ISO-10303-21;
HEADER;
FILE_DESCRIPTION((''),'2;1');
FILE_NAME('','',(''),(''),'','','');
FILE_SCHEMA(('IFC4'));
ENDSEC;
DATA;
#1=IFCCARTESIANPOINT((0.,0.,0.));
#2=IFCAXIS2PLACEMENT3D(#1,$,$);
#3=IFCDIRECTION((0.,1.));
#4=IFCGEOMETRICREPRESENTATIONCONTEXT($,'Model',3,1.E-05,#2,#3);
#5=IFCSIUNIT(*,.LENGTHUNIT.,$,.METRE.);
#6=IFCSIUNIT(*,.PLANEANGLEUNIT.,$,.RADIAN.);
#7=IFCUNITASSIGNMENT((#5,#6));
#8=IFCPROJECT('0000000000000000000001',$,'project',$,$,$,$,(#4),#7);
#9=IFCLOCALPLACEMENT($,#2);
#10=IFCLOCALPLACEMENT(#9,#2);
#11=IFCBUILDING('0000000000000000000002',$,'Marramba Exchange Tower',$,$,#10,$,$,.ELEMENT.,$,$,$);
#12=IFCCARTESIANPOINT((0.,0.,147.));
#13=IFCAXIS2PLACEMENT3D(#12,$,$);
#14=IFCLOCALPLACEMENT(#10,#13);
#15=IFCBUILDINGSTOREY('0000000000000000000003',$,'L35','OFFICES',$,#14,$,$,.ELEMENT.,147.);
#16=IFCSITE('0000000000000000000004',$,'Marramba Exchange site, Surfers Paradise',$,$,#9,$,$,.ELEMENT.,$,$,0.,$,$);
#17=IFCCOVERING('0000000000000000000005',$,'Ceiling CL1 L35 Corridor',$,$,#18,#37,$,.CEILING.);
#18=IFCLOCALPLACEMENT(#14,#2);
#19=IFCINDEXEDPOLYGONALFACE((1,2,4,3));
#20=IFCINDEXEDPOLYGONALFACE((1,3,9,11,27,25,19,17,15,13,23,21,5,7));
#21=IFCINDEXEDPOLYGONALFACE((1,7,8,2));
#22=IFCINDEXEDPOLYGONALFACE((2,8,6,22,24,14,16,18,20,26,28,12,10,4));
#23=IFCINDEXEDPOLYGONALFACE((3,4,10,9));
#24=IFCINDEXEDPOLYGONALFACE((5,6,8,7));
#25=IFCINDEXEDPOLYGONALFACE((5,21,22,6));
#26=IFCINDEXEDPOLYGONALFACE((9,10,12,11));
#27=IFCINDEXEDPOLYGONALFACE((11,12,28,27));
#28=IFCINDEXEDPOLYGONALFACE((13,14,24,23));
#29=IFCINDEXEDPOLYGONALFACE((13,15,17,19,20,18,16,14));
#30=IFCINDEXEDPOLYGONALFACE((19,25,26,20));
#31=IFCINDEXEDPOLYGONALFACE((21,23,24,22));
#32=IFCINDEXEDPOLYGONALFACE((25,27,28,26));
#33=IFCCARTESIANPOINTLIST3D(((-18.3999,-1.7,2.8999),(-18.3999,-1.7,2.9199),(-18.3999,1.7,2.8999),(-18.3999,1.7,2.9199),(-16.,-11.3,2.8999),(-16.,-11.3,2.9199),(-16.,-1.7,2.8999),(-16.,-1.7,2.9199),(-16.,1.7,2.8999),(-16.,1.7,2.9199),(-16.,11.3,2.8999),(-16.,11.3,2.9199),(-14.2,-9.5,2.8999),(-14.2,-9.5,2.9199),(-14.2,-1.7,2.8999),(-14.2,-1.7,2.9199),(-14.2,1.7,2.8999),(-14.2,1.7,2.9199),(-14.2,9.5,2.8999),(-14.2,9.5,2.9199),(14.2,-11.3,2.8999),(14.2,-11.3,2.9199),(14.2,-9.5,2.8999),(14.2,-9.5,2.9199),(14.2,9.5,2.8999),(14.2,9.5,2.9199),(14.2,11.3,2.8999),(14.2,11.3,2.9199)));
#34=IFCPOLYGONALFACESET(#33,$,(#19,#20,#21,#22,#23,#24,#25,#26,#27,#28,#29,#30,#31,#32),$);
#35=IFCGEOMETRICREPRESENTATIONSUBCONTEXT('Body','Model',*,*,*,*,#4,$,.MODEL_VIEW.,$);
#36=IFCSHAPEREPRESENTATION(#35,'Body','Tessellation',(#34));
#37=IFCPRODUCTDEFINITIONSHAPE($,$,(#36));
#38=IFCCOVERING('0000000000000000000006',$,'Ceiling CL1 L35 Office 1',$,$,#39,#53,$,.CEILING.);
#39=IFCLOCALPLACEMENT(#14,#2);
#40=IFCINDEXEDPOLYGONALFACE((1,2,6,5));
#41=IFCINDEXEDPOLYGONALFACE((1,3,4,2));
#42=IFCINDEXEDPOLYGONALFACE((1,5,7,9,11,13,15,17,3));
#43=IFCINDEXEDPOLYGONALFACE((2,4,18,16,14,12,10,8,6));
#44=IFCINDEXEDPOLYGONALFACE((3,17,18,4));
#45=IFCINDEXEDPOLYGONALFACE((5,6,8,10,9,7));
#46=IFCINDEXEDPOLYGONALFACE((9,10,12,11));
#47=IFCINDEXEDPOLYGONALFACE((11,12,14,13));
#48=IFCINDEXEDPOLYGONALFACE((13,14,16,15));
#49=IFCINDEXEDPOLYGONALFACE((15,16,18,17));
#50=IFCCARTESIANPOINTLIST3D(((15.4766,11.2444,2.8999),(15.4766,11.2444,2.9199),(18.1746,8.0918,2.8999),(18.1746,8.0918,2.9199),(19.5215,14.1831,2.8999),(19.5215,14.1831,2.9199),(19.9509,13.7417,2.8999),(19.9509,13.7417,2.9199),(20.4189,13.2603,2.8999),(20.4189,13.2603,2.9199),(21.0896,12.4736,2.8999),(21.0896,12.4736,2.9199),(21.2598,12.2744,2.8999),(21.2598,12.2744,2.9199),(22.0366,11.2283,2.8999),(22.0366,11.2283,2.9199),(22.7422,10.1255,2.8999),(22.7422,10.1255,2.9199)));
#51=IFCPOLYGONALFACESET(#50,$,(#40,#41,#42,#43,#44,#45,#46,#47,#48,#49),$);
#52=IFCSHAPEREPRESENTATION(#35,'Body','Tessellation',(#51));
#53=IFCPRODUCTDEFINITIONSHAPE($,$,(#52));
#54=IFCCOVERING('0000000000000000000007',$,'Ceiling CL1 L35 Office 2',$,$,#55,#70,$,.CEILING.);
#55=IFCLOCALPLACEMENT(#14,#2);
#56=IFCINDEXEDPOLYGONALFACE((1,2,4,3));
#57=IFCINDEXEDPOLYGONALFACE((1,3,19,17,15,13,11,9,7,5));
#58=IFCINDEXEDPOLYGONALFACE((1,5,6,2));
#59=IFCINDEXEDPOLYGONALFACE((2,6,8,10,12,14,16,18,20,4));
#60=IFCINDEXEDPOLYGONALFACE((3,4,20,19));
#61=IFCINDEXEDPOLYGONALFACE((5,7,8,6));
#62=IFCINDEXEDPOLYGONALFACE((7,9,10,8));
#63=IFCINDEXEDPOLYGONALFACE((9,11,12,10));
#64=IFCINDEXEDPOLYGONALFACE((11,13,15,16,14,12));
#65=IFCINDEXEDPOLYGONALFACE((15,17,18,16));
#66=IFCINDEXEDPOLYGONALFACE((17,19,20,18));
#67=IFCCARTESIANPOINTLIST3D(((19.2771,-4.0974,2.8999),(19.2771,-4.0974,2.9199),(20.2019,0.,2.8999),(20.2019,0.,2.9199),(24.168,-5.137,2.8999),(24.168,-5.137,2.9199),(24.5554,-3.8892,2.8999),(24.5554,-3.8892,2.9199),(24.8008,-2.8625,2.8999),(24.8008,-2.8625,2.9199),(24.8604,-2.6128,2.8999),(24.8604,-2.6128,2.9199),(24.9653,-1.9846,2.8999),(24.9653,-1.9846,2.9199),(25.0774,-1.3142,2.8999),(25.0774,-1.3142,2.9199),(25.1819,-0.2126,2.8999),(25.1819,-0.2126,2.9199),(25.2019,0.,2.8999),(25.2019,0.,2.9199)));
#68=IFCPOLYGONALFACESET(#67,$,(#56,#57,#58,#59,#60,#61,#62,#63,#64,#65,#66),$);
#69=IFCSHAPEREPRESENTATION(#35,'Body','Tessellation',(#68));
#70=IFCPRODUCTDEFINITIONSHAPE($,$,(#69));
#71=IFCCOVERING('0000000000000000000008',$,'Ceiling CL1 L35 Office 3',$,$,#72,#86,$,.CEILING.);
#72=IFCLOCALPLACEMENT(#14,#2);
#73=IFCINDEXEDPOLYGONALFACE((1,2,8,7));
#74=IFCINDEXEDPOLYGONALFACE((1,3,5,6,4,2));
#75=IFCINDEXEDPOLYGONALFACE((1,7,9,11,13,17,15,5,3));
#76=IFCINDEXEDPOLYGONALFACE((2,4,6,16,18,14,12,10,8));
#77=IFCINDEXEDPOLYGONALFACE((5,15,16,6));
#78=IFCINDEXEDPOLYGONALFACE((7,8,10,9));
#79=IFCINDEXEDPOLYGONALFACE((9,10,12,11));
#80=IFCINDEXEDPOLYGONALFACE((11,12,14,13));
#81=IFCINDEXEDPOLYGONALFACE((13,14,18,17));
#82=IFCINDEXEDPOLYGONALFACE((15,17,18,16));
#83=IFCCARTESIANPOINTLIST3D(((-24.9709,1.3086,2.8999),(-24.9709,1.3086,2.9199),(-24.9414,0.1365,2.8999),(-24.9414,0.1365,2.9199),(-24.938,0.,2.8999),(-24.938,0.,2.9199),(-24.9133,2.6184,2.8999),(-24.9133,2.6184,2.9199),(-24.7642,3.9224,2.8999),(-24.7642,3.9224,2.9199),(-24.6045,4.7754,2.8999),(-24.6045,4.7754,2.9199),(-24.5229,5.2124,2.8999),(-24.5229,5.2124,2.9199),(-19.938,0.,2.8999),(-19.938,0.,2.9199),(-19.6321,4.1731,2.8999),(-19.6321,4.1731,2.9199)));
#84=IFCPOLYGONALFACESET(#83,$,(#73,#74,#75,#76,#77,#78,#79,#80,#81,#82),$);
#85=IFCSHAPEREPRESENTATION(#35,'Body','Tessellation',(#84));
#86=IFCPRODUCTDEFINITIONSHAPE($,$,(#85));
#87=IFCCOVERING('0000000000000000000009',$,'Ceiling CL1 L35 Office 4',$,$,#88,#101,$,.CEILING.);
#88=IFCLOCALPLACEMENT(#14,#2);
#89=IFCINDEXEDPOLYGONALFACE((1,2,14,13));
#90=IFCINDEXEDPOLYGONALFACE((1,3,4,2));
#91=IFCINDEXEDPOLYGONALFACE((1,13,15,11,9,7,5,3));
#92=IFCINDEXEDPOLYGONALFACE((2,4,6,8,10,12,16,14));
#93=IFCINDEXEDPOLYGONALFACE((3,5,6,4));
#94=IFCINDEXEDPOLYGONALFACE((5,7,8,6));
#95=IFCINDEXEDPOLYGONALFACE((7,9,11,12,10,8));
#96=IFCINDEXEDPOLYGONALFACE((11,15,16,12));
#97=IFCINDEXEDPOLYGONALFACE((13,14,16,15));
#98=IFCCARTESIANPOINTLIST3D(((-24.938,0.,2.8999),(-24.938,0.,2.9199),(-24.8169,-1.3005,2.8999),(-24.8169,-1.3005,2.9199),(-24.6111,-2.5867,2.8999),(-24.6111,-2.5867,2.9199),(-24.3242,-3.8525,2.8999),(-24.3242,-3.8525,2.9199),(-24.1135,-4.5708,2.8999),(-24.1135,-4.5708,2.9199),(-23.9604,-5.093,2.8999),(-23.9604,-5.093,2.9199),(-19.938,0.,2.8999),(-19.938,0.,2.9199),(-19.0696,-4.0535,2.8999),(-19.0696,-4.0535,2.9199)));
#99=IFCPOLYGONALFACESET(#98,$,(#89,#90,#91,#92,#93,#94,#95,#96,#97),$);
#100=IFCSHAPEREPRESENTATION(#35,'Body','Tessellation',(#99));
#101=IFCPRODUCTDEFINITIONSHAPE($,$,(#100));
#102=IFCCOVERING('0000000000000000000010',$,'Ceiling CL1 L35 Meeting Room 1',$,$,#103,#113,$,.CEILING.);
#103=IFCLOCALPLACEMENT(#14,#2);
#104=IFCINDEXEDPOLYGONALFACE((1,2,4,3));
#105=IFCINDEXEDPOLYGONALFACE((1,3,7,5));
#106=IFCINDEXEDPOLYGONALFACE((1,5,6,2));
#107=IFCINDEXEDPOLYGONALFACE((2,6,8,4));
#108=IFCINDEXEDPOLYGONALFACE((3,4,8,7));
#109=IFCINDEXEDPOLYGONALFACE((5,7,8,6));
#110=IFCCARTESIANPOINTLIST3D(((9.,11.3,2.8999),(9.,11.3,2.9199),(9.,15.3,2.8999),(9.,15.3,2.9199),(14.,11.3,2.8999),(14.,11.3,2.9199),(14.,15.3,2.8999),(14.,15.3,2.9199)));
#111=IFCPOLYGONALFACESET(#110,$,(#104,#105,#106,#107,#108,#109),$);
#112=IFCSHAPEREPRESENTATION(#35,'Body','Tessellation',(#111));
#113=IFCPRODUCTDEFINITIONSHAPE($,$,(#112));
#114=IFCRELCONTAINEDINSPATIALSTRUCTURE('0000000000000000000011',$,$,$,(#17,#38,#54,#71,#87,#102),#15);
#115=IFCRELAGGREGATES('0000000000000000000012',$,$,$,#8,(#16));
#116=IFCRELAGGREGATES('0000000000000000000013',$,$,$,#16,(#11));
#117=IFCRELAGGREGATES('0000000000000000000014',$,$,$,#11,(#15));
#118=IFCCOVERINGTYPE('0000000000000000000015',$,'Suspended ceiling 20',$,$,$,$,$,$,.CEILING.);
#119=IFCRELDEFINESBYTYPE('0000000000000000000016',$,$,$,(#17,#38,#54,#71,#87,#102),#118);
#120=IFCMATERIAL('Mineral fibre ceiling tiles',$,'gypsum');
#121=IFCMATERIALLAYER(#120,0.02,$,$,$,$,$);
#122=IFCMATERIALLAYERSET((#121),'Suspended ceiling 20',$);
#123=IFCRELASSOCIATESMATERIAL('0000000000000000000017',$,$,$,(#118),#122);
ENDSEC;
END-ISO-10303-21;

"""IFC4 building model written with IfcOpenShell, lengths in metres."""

from ifc_helpers import new_model, si_unit, direction, frame, origin, place, context, subcontext, project, spatial, polyline, outline, extrude, material, layer, layer_set, type_object, element, save


model = new_model("IFC4")

# Units and contexts
model_context = context("Model", 3, precision=1e-05, world=origin(), true_north=direction((0.0, 1.0)))
body_context = subcontext(model_context, "Body", "Model", "MODEL_VIEW")
ifc_project = project(units=[si_unit("LENGTHUNIT", "METRE"), si_unit("PLANEANGLEUNIT", "RADIAN")], contexts=[model_context])

# Site, building, storey
site_placement = place(None, origin())
site = spatial("IfcSite", under=ifc_project, at=site_placement, Name="Marramba Exchange site, Surfers Paradise", CompositionType="ELEMENT", RefElevation=0.0)
building_placement = place(site_placement, origin())
building = spatial("IfcBuilding", under=site, at=building_placement, Name="Marramba Exchange Tower", CompositionType="ELEMENT")
storey_placement = place(building_placement, frame((0.0, 0.0, 147.0)))
storey = spatial("IfcBuildingStorey", under=building, at=storey_placement, Name="L35", Description="OFFICES", CompositionType="ELEMENT", Elevation=147.0)

# Coverings
ifc_material_1 = material(Name="Mineral fibre ceiling tiles", Category="gypsum")
ifc_layer_1 = layer(ifc_material_1, 0.02)
ifc_layer_set_1 = layer_set([ifc_layer_1], Name="Suspended ceiling 20")
covering_type = type_object("IfcCoveringType", Name="Suspended ceiling 20", PredefinedType="CEILING", material=ifc_layer_set_1)
covering_1_placement = place(storey_placement, frame((0.0, 0.0, 2.8999)))
element("IfcCovering", 1, at=covering_1_placement, inside=storey, type_object=covering_type, Name="Ceiling CL1 L35 Corridor", PredefinedType="CEILING", context=body_context, shape_type="SweptSolid", body=[
    extrude(outline(polyline([(14.2, -11.3), (-16.0, -11.3), (-16.0, -1.7), (-18.3999, -1.7), (-18.3999, 1.7), (-16.0, 1.7), (-16.0, 11.3), (14.2, 11.3), (14.2, 9.5), (-14.2, 9.5), (-14.2, 1.7), (-14.2, -1.7), (-14.2, -9.5), (14.2, -9.5), (14.2, -11.3)])), origin(), (0.0, 0.0, 1.0), 0.02),
])
covering_2_placement = place(storey_placement, frame((0.0, 0.0, 2.8999)))
element("IfcCovering", 2, at=covering_2_placement, inside=storey, type_object=covering_type, Name="Ceiling CL1 L35 Office 1", PredefinedType="CEILING", context=body_context, shape_type="SweptSolid", body=[
    extrude(outline(polyline([(19.9509, 13.7417), (20.4189, 13.2603), (21.0896, 12.4736), (21.2598, 12.2744), (22.0366, 11.2283), (22.7422, 10.1255), (18.1746, 8.0918), (15.4766, 11.2444), (19.5215, 14.1831), (19.9509, 13.7417)])), origin(), (0.0, 0.0, 1.0), 0.02),
])
covering_3_placement = place(storey_placement, frame((0.0, 0.0, 2.8999)))
element("IfcCovering", 3, at=covering_3_placement, inside=storey, type_object=covering_type, Name="Ceiling CL1 L35 Office 2", PredefinedType="CEILING", context=body_context, shape_type="SweptSolid", body=[
    extrude(outline(polyline([(25.1819, -0.2126), (25.0774, -1.3142), (24.9653, -1.9846), (24.8604, -2.6128), (24.8008, -2.8625), (24.5554, -3.8892), (24.168, -5.137), (19.2771, -4.0974), (20.2019, 0.0), (25.2019, 0.0), (25.1819, -0.2126)])), origin(), (0.0, 0.0, 1.0), 0.02),
])
covering_4_placement = place(storey_placement, frame((0.0, 0.0, 2.8999)))
element("IfcCovering", 4, at=covering_4_placement, inside=storey, type_object=covering_type, Name="Ceiling CL1 L35 Office 3", PredefinedType="CEILING", context=body_context, shape_type="SweptSolid", body=[
    extrude(outline(polyline([(-24.9414, 0.1365), (-24.9709, 1.3086), (-24.9133, 2.6184), (-24.7642, 3.9224), (-24.6045, 4.7754), (-24.5229, 5.2124), (-19.6321, 4.1731), (-19.938, 0.0), (-24.938, 0.0), (-24.9414, 0.1365)])), origin(), (0.0, 0.0, 1.0), 0.02),
])
covering_5_placement = place(storey_placement, frame((0.0, 0.0, 2.8999)))
element("IfcCovering", 5, at=covering_5_placement, inside=storey, type_object=covering_type, Name="Ceiling CL1 L35 Office 4", PredefinedType="CEILING", context=body_context, shape_type="SweptSolid", body=[
    extrude(outline(polyline([(-24.1135, -4.5708), (-24.3242, -3.8525), (-24.6111, -2.5867), (-24.8169, -1.3005), (-24.938, 0.0), (-19.938, 0.0), (-19.0696, -4.0535), (-23.9604, -5.093), (-24.1135, -4.5708)])), origin(), (0.0, 0.0, 1.0), 0.02),
])
covering_6_placement = place(storey_placement, frame((0.0, 0.0, 2.8999)))
element("IfcCovering", 6, at=covering_6_placement, inside=storey, type_object=covering_type, Name="Ceiling CL1 L35 Meeting Room 1", PredefinedType="CEILING", context=body_context, shape_type="SweptSolid", body=[
    extrude(outline(polyline([(14.0, 11.3), (9.0, 11.3), (9.0, 15.3), (14.0, 15.3), (14.0, 11.3)])), origin(), (0.0, 0.0, 1.0), 0.02),
])

save(model, "model.ifc")
